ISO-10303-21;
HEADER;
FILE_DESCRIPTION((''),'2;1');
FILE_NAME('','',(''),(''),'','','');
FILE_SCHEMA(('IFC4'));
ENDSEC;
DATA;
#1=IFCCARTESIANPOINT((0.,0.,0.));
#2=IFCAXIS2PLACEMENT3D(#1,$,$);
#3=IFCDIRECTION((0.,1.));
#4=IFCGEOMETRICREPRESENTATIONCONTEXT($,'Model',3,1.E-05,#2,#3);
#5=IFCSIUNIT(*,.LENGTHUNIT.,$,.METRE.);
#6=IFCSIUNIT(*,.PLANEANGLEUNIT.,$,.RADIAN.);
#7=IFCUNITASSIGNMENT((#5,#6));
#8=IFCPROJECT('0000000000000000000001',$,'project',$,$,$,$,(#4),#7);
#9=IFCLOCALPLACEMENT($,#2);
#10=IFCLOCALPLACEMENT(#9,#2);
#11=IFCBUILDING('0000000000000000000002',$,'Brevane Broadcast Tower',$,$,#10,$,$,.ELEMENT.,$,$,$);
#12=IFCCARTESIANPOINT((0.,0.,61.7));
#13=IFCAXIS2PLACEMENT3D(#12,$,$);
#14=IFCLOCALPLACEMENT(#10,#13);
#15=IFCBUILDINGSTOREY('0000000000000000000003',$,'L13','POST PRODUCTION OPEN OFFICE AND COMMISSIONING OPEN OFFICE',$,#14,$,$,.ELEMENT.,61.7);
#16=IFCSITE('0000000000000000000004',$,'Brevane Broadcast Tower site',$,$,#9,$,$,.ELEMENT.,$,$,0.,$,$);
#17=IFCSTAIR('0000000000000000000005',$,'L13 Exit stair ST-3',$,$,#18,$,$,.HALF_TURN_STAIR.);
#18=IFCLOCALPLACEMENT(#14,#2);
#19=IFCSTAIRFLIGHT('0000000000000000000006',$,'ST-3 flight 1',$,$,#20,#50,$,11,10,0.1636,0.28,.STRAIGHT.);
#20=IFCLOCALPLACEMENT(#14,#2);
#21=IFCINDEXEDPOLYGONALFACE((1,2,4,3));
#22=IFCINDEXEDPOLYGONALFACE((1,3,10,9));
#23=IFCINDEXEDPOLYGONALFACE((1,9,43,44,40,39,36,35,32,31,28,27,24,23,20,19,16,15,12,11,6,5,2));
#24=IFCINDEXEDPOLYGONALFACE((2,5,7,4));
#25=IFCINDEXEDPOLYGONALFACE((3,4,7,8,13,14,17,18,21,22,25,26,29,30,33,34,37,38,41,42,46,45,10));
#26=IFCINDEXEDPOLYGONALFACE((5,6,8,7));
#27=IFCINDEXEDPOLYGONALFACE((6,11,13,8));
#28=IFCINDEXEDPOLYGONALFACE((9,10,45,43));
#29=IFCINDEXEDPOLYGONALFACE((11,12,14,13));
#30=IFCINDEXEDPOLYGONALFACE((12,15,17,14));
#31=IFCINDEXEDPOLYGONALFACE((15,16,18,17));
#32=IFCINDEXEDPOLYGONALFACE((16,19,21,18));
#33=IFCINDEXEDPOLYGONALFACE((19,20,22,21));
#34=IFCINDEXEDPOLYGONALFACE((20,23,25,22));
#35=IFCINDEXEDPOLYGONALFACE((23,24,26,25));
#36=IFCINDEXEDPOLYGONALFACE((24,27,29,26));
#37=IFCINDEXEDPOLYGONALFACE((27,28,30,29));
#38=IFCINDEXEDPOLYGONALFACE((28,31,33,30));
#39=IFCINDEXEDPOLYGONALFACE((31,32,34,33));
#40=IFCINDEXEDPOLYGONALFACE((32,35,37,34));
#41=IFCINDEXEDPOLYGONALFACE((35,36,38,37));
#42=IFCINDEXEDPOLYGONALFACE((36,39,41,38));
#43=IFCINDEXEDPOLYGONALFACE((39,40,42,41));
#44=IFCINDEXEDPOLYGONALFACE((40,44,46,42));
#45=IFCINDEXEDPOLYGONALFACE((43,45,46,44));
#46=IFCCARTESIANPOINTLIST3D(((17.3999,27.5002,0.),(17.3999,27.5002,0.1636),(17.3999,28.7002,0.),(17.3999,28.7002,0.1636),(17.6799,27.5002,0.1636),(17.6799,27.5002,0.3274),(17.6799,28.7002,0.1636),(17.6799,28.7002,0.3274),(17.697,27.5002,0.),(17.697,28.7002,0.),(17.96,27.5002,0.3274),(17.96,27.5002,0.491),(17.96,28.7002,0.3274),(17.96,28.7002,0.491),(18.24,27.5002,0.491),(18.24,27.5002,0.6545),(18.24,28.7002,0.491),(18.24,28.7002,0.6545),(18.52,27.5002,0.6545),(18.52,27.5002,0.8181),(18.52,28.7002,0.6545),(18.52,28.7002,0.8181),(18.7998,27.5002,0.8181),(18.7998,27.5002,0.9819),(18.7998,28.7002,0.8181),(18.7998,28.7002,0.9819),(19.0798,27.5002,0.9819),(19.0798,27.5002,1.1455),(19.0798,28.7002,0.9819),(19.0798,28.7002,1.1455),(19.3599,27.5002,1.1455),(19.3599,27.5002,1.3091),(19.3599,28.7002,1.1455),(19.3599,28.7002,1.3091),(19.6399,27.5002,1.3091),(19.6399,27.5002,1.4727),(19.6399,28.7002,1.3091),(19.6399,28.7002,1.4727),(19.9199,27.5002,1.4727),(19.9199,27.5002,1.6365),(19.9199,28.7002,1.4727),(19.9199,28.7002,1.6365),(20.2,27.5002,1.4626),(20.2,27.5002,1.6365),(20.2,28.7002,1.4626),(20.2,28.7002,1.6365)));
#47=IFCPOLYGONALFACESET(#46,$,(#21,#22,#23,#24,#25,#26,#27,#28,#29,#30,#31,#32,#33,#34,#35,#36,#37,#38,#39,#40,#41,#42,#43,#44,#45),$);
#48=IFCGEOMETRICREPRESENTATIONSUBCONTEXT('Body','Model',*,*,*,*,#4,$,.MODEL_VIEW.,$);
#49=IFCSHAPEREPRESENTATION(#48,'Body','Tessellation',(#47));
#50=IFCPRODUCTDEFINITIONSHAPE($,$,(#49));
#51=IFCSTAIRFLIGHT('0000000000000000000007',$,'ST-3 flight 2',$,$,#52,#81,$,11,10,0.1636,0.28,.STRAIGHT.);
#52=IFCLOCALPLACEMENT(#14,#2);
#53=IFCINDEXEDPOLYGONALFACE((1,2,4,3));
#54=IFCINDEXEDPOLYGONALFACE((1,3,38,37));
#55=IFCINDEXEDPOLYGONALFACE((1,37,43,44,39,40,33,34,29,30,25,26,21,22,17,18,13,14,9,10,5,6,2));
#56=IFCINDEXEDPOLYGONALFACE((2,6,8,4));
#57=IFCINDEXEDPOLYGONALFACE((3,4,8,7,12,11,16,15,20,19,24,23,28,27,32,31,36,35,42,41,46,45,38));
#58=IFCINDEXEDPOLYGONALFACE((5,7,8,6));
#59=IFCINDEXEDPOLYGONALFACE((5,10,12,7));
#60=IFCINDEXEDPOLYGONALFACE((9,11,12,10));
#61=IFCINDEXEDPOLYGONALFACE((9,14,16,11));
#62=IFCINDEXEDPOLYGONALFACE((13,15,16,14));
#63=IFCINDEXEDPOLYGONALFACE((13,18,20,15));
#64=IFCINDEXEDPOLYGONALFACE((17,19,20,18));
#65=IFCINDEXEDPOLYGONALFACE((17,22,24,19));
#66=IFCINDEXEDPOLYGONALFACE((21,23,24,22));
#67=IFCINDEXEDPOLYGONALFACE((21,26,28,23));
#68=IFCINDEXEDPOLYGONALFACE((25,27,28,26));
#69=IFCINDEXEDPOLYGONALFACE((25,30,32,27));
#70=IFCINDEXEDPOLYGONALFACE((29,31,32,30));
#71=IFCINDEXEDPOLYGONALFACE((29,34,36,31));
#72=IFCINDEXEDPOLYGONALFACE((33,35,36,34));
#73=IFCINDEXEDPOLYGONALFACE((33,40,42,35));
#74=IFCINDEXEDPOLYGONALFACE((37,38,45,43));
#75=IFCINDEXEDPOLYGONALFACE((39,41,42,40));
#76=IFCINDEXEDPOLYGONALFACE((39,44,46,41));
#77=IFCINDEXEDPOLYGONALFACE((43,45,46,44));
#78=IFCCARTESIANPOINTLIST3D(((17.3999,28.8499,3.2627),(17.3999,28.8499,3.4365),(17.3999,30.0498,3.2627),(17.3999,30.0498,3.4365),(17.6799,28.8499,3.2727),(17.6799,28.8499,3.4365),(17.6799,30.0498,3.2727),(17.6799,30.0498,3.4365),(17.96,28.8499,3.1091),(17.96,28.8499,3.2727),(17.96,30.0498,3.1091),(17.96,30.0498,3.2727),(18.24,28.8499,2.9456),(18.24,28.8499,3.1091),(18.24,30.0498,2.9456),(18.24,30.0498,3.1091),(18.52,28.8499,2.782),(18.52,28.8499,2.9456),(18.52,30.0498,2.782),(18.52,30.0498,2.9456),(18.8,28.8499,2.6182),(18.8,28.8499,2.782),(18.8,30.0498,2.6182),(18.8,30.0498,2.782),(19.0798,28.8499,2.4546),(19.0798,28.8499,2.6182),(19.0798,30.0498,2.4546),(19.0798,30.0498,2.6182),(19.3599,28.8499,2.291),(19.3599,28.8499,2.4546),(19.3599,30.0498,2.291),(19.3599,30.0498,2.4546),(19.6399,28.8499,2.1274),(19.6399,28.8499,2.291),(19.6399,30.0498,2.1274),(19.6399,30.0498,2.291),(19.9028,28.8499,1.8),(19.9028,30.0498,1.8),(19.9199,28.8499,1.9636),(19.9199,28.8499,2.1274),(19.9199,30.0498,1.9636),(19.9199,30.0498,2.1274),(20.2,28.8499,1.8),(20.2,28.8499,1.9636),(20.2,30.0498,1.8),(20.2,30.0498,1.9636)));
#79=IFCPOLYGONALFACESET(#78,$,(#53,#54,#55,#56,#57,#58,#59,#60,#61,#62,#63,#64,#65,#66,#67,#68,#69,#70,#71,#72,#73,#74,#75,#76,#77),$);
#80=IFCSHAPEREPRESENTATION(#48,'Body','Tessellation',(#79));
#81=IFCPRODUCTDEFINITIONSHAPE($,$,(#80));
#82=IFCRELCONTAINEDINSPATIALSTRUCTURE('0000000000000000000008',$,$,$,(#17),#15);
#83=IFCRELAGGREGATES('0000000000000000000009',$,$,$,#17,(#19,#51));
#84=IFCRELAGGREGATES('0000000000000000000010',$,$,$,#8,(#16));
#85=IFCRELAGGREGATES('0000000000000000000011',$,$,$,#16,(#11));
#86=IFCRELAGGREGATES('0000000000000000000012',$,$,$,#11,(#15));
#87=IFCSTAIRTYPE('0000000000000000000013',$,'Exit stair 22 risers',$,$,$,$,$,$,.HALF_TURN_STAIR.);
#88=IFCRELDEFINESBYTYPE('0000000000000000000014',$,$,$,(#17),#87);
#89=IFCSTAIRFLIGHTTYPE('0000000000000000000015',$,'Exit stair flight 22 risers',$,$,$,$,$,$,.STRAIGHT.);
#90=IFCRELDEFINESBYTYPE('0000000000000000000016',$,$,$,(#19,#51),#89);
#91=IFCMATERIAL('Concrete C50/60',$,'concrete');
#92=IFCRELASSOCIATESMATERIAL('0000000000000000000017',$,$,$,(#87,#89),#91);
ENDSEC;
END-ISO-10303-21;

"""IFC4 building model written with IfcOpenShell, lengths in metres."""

from ifc_helpers import new_model, si_unit, direction, frame, origin, place, context, subcontext, project, spatial, polyline, outline, extrude, material, type_object, element, aggregate, save


model = new_model("IFC4")

# Units and contexts
model_context = context("Model", 3, precision=1e-05, world=origin(), true_north=direction((0.0, 1.0)))
body_context = subcontext(model_context, "Body", "Model", "MODEL_VIEW")
ifc_project = project(units=[si_unit("LENGTHUNIT", "METRE"), si_unit("PLANEANGLEUNIT", "RADIAN")], contexts=[model_context])

# Site, building, storey
site_placement = place(None, origin())
site = spatial("IfcSite", under=ifc_project, at=site_placement, Name="Brevane Broadcast Tower site", CompositionType="ELEMENT", RefElevation=0.0)
building_placement = place(site_placement, origin())
building = spatial("IfcBuilding", under=site, at=building_placement, Name="Brevane Broadcast Tower", CompositionType="ELEMENT")
storey_placement = place(building_placement, frame((0.0, 0.0, 61.7)))
storey = spatial("IfcBuildingStorey", under=building, at=storey_placement, Name="L13", Description="POST PRODUCTION OPEN OFFICE AND COMMISSIONING OPEN OFFICE", CompositionType="ELEMENT", Elevation=61.7)

# Stair, stair flights
ifc_material_1 = material(Name="Concrete C50/60", Category="concrete")
stair_type = type_object("IfcStairType", Name="Exit stair 22 risers", PredefinedType="HALF_TURN_STAIR", material=ifc_material_1)
stair_placement = place(storey_placement, origin())
stair = element("IfcStair", 1, at=stair_placement, inside=storey, type_object=stair_type, Name="L13 Exit stair ST-3", PredefinedType="HALF_TURN_STAIR")
stair_flight_type = type_object("IfcStairFlightType", Name="Exit stair flight 22 risers", PredefinedType="STRAIGHT", material=ifc_material_1)
stair_flight_1_placement = place(storey_placement, frame((17.3999, 28.1001, 0.0), z_axis=(0.0, 0.0, 1.0), x_axis=(1.0, 0.0, 0.0)))
stair_flight_1 = element("IfcStairFlight", 2, at=stair_flight_1_placement, type_object=stair_flight_type, Name="ST-3 flight 1", NumberOfRisers=11, NumberOfTreads=10, PredefinedType="STRAIGHT", RiserHeight=0.1636, TreadLength=0.28, context=body_context, shape_type="SweptSolid", body=[
    extrude(outline(polyline([(0.0, 0.0), (0.0, 0.1636), (0.28, 0.1636), (0.28, 0.3274), (0.5601, 0.3274), (0.5601, 0.491), (0.8401, 0.491), (0.8401, 0.6545), (1.1201, 0.6545), (1.1201, 0.8181), (1.3999, 0.8181), (1.3999, 0.9819), (1.6799, 0.9819), (1.6799, 1.1455), (1.96, 1.1455), (1.96, 1.3091), (2.24, 1.3091), (2.24, 1.4727), (2.52, 1.4727), (2.52, 1.6365), (2.8, 1.6365), (2.8, 1.8), (2.8, 1.4626), (0.2971, 0.0), (0.0, 0.0)])), frame((0.0, 0.6001, 0.0), z_axis=(0.0, -1.0, 0.0), x_axis=(1.0, 0.0, 0.0)), (0.0, 0.0, 1.0), 1.2),
])
stair_flight_2_placement = place(storey_placement, frame((20.2, 29.45, 1.8), z_axis=(0.0, 0.0, 1.0), x_axis=(-1.0, 0.0, 0.0)))
stair_flight_2 = element("IfcStairFlight", 3, at=stair_flight_2_placement, type_object=stair_flight_type, Name="ST-3 flight 2", NumberOfRisers=11, NumberOfTreads=10, PredefinedType="STRAIGHT", RiserHeight=0.1636, TreadLength=0.28, context=body_context, shape_type="SweptSolid", body=[
    extrude(outline(polyline([(0.0, 0.0), (0.0, 0.1636), (0.28, 0.1636), (0.28, 0.3274), (0.5601, 0.3274), (0.5601, 0.491), (0.8401, 0.491), (0.8401, 0.6545), (1.1201, 0.6545), (1.1201, 0.8181), (1.3999, 0.8181), (1.3999, 0.9819), (1.6799, 0.9819), (1.6799, 1.1455), (1.96, 1.1455), (1.96, 1.3091), (2.24, 1.3091), (2.24, 1.4727), (2.52, 1.4727), (2.52, 1.6365), (2.8, 1.6365), (2.8, 1.8), (2.8, 1.4626), (0.2971, 0.0), (0.0, 0.0)])), frame((0.0, 0.6001, 0.0), z_axis=(0.0, -1.0, 0.0), x_axis=(1.0, 0.0, 0.0)), (0.0, 0.0, 1.0), 1.2),
])
aggregate(stair, [stair_flight_1, stair_flight_2])

save(model, "model.ifc")
